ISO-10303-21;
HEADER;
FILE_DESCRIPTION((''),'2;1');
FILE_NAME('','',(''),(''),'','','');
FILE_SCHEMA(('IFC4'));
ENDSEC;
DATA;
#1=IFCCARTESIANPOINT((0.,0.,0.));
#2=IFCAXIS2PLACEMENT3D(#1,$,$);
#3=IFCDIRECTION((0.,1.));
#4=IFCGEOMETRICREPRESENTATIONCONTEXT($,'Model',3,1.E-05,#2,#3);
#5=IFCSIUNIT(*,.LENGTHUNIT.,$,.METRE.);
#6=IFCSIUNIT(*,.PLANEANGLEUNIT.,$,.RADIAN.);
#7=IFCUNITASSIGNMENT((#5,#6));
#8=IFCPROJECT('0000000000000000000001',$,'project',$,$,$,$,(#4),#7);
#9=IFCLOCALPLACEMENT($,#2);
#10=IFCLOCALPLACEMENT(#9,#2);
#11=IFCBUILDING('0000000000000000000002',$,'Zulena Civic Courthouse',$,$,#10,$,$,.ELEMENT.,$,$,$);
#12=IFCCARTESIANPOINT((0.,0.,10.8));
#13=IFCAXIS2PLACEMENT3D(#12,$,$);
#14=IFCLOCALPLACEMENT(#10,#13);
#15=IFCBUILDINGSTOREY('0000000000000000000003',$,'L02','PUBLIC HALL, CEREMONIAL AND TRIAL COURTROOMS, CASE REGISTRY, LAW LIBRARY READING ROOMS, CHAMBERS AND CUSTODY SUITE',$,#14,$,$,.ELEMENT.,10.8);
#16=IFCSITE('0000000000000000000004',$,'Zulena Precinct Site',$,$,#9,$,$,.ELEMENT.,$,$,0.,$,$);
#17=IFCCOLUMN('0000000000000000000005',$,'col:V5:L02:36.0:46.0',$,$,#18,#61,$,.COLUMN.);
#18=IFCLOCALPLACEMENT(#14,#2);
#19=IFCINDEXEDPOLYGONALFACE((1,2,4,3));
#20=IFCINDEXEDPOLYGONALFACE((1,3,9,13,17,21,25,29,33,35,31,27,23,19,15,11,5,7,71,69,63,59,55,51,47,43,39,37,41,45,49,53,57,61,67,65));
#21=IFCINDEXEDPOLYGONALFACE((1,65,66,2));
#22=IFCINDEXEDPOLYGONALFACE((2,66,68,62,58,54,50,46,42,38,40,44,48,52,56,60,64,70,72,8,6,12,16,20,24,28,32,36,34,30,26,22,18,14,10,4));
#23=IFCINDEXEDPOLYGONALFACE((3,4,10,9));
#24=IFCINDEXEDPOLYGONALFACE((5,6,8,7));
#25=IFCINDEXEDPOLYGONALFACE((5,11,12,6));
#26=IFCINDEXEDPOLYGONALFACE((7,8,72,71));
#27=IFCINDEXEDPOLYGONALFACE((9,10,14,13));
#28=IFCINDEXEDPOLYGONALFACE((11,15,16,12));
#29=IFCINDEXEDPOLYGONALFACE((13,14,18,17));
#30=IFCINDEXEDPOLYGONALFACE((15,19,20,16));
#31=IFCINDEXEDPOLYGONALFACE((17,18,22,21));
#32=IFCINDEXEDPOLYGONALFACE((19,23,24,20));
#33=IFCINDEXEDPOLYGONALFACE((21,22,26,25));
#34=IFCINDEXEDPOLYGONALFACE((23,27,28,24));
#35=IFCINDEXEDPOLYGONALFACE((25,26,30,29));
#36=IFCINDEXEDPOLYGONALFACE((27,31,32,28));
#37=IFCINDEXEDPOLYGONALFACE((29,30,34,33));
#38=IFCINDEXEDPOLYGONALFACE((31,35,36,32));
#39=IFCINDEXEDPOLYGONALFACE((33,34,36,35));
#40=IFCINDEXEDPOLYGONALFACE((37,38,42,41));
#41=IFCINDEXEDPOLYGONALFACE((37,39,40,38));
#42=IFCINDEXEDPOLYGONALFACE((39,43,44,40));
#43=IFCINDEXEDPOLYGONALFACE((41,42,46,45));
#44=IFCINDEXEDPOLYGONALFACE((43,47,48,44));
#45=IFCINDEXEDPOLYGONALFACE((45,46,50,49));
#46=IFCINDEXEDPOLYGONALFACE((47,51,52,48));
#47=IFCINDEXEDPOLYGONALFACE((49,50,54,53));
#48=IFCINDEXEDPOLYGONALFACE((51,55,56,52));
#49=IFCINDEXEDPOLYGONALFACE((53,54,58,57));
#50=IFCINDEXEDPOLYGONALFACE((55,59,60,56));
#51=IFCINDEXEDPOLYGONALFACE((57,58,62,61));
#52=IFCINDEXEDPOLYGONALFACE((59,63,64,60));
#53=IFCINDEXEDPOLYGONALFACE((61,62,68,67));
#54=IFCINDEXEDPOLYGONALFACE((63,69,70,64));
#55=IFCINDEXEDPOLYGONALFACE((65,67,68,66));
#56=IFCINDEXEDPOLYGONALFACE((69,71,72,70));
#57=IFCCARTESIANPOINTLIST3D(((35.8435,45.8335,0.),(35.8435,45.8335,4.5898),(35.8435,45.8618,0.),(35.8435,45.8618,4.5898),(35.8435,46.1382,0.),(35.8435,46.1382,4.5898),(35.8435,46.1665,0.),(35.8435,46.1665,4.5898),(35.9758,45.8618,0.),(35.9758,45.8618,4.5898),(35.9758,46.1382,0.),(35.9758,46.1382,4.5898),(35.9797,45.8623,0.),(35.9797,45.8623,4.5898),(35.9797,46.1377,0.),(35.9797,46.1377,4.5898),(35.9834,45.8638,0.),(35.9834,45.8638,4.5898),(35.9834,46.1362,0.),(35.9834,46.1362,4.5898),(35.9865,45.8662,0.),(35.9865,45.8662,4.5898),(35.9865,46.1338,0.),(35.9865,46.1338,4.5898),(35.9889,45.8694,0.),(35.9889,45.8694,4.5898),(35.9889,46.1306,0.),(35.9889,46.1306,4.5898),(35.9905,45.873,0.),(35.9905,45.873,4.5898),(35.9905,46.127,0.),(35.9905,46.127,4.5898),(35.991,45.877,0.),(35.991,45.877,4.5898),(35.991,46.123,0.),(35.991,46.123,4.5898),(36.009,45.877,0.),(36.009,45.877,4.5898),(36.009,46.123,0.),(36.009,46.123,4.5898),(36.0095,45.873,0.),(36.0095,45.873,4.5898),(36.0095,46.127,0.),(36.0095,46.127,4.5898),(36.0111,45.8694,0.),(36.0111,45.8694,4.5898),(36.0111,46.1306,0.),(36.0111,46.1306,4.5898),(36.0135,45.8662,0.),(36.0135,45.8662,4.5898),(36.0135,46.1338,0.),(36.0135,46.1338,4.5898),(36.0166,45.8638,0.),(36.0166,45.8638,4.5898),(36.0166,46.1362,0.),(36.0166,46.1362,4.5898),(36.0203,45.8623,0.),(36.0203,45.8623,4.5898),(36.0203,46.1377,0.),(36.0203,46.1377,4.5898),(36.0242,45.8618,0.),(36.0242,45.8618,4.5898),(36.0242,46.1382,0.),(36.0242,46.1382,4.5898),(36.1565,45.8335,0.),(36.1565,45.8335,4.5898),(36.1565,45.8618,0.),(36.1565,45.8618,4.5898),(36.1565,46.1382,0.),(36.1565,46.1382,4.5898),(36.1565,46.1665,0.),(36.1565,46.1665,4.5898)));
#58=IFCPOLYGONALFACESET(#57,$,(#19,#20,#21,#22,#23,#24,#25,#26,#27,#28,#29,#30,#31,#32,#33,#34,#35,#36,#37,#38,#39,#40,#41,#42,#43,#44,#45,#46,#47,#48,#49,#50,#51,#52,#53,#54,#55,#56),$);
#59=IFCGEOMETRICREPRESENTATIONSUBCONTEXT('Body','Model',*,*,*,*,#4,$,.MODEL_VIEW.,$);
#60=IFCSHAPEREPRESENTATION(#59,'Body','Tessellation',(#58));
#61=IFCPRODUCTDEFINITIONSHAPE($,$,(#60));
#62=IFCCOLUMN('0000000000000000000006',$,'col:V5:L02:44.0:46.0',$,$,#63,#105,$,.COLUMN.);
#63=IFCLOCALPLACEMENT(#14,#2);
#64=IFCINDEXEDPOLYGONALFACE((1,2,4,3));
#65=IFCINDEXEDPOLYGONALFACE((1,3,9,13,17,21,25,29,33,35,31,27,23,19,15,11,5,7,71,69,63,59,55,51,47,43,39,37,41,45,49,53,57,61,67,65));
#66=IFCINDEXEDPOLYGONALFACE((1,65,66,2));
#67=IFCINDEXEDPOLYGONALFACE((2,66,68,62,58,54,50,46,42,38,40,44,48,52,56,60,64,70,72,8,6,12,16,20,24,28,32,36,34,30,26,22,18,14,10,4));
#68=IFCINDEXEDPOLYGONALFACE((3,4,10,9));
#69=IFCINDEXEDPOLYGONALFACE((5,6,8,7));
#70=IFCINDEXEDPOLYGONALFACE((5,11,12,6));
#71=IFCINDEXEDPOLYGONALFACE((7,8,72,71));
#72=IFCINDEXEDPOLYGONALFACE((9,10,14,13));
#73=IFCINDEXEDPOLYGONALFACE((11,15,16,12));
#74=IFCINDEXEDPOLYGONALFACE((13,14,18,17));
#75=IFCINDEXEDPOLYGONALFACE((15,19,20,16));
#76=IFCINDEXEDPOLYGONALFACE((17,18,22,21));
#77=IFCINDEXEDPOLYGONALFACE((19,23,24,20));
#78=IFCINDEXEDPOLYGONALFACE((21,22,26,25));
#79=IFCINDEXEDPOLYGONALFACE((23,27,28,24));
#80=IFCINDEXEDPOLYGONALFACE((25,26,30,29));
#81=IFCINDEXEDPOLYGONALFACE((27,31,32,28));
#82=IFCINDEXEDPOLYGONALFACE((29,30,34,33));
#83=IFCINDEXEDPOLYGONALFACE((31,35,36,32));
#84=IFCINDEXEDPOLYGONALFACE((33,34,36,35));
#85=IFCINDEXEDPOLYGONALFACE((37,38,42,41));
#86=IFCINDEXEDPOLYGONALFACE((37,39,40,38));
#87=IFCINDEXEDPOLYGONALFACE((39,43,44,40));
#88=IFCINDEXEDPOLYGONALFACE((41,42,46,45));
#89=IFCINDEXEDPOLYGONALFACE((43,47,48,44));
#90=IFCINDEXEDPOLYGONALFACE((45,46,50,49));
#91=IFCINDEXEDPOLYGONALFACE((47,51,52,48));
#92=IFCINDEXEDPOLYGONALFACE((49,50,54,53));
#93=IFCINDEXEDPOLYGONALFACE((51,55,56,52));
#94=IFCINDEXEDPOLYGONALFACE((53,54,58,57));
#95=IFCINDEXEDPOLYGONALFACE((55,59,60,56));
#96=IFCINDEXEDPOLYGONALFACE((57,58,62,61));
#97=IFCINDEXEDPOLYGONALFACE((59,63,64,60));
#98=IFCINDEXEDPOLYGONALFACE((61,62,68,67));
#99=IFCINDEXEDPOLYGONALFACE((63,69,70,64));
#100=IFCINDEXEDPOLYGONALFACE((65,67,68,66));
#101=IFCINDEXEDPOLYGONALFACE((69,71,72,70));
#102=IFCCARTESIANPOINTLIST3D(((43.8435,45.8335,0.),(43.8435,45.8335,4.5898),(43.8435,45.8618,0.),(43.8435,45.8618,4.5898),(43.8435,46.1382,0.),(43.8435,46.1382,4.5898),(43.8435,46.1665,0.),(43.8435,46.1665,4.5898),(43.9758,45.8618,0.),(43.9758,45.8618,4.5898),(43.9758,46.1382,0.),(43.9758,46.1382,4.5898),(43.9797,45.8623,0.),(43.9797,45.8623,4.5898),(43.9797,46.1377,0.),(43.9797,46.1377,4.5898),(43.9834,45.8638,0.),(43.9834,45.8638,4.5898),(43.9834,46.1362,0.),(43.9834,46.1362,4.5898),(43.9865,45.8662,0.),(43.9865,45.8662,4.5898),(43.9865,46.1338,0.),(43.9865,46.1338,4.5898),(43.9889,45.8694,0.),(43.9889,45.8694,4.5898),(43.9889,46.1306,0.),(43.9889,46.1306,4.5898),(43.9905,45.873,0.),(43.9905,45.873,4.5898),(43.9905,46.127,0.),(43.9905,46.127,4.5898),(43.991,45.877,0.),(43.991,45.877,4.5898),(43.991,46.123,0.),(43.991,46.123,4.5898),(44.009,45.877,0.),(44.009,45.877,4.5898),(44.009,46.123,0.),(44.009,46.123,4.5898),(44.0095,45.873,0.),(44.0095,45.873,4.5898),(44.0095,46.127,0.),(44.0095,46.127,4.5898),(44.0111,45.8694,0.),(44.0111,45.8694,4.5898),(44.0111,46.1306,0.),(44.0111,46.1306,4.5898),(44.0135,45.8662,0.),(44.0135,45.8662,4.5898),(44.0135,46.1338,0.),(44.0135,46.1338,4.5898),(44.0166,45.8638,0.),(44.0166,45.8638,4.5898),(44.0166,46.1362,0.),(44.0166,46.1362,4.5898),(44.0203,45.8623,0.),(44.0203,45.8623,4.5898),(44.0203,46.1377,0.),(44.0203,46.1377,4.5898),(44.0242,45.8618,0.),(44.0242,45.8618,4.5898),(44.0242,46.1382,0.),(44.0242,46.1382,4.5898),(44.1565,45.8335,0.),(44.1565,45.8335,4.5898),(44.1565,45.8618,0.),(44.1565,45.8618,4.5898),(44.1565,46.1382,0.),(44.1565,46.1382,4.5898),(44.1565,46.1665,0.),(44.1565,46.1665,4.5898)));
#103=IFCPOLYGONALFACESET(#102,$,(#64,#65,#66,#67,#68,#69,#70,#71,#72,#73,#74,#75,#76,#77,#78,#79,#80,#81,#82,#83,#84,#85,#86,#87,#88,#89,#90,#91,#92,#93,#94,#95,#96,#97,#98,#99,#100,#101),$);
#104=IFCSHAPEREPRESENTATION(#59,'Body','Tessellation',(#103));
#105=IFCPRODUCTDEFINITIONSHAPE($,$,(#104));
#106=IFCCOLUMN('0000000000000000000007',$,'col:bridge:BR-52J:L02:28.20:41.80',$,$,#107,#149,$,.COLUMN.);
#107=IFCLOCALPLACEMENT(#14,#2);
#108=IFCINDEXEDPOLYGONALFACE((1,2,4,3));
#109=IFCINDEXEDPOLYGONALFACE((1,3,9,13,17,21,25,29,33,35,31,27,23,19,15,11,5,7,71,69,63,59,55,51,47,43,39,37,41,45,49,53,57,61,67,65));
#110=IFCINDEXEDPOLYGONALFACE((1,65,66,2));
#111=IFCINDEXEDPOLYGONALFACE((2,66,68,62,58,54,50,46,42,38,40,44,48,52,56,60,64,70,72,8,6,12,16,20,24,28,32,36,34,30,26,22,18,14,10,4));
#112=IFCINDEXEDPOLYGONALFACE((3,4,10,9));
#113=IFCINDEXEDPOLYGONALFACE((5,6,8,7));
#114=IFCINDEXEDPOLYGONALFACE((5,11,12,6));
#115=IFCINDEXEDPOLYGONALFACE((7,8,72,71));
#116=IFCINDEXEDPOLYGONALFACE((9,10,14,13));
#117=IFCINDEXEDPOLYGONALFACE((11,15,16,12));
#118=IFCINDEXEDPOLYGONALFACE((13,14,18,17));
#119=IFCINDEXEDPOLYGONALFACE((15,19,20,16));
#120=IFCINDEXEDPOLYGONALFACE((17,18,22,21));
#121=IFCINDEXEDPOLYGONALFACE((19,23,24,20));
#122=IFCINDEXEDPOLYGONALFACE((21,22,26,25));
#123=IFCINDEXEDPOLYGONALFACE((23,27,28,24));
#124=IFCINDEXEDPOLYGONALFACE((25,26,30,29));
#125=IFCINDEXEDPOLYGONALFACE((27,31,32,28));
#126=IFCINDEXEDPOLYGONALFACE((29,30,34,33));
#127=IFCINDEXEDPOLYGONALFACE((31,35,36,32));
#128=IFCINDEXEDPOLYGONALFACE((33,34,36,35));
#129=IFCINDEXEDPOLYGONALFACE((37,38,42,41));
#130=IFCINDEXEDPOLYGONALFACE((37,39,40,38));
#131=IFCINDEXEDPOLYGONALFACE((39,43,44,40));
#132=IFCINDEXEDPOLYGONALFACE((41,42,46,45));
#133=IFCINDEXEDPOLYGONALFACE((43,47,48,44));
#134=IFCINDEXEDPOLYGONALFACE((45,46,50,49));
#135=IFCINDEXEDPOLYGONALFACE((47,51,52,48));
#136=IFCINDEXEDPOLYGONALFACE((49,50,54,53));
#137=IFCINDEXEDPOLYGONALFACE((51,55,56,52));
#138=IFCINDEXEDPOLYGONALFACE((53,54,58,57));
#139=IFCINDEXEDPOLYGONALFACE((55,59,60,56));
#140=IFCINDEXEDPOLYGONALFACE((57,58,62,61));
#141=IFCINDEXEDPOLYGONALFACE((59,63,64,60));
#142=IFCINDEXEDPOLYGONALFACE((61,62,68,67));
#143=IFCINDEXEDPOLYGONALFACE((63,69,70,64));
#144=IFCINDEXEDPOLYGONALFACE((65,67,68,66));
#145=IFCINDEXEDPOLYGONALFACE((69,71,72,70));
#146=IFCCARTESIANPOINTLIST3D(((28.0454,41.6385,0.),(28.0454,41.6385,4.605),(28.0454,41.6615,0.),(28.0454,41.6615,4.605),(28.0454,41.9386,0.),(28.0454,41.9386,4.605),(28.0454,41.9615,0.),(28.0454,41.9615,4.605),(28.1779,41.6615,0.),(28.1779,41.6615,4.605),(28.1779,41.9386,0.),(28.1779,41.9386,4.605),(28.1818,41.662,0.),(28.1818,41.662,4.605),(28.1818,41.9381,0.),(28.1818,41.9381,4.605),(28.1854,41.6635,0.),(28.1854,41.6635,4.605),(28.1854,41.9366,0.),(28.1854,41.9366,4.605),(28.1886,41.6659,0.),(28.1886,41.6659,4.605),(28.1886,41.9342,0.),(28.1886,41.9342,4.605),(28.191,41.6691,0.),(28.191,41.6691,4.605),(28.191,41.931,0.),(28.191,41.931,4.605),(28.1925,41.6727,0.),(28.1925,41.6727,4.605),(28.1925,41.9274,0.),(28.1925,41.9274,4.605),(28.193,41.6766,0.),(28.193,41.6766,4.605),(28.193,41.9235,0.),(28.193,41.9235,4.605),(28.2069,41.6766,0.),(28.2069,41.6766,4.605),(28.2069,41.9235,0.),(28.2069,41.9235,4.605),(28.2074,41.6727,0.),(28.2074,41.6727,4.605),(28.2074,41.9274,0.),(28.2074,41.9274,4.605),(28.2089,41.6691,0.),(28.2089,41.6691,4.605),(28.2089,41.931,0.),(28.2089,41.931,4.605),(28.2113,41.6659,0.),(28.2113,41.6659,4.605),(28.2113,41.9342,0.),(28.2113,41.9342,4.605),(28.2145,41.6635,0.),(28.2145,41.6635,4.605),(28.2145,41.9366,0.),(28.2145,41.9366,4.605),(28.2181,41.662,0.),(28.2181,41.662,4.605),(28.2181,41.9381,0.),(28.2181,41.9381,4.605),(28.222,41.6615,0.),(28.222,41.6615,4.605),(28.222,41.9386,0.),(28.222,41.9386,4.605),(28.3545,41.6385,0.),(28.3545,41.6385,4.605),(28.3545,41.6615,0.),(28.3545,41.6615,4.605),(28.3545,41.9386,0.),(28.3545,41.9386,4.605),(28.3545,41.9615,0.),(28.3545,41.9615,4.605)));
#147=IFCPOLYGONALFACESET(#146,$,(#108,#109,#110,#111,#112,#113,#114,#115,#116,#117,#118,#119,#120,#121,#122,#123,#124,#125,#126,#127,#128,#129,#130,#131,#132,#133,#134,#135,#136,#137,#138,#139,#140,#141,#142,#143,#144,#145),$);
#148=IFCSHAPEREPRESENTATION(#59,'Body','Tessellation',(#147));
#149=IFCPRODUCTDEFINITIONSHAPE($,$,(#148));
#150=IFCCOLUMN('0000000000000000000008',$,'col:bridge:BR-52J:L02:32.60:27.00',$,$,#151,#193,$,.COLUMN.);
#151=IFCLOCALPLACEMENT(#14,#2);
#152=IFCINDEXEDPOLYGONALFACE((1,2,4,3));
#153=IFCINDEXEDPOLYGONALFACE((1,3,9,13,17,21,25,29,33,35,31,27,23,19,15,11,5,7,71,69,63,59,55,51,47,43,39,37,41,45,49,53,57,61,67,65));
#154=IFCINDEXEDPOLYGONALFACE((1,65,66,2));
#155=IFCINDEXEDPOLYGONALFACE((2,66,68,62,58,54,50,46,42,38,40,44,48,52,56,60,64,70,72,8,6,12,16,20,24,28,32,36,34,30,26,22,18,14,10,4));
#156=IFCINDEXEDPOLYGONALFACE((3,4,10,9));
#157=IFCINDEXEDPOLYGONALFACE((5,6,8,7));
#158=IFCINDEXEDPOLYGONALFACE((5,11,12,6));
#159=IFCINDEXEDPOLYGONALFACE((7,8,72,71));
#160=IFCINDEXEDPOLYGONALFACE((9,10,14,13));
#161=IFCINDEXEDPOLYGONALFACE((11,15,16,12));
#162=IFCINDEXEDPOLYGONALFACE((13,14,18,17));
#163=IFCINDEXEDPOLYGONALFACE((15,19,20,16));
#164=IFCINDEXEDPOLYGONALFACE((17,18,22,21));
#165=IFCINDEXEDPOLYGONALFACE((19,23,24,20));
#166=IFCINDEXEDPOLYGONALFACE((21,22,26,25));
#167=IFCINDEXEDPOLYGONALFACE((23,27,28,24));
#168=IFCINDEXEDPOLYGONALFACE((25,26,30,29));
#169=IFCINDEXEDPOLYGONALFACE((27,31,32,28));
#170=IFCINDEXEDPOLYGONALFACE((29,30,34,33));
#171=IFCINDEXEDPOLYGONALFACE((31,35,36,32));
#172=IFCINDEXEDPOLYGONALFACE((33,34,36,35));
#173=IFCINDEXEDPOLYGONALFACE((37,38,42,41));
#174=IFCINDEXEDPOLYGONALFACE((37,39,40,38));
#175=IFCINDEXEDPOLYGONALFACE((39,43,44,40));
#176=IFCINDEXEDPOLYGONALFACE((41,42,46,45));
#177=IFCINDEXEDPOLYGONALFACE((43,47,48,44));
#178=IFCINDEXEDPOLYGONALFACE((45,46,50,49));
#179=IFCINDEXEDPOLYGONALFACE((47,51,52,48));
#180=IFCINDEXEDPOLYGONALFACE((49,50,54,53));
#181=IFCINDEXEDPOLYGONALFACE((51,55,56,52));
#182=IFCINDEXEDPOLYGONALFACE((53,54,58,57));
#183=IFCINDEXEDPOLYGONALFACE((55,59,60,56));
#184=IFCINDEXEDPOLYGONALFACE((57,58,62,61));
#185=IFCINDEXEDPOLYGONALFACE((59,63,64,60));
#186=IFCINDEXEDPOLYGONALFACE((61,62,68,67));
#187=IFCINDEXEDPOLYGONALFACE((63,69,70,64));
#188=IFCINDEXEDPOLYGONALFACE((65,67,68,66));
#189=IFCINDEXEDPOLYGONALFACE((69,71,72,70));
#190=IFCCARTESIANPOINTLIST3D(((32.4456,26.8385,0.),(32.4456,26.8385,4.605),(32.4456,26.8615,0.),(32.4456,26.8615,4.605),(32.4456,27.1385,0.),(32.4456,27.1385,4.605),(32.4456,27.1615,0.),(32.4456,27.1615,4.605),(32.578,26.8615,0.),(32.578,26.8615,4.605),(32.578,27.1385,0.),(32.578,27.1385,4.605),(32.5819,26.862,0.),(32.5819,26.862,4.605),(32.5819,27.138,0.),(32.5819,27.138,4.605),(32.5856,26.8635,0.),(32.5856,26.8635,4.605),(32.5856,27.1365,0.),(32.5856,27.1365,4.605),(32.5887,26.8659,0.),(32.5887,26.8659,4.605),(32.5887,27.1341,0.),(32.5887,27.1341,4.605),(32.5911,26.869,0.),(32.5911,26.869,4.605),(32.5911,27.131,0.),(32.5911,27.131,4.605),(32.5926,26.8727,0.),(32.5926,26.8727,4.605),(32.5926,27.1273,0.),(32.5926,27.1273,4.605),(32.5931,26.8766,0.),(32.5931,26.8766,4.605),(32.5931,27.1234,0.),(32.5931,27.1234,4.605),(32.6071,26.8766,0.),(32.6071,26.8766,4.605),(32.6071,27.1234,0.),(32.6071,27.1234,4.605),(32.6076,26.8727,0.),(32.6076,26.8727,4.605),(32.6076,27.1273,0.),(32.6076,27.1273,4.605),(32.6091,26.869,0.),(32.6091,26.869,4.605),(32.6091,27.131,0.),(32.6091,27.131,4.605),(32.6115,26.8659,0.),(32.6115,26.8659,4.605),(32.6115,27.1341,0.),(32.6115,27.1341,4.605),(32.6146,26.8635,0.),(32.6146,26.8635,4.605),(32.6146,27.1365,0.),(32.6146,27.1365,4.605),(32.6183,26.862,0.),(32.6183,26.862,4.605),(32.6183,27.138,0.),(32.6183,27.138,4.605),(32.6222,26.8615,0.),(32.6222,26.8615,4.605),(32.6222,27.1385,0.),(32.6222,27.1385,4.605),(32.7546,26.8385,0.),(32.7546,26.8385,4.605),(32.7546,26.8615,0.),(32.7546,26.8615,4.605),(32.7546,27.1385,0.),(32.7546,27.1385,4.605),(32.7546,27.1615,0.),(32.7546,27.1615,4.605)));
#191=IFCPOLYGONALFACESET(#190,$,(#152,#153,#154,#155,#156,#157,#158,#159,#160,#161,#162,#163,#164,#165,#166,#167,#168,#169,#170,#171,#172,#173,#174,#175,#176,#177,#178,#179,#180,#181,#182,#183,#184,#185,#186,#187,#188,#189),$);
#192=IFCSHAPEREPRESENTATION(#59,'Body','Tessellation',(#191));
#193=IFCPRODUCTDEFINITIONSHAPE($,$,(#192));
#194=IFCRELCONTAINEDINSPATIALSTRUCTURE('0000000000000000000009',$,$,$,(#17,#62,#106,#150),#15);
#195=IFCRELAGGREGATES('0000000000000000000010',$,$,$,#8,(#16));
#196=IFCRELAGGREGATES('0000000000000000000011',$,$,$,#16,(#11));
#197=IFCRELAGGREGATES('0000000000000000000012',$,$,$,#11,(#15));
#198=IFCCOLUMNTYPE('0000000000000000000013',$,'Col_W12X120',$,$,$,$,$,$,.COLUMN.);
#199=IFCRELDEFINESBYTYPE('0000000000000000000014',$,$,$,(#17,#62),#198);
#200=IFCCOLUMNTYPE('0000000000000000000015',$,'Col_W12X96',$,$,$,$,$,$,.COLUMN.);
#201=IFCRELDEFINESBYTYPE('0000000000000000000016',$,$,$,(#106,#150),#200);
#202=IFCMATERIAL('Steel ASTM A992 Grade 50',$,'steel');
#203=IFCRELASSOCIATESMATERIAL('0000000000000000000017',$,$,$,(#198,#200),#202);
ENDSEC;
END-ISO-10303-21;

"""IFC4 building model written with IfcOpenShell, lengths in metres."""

from ifc_helpers import new_model, si_unit, direction, frame, origin, origin_2d, place, context, subcontext, project, spatial, i_section, extrude, material, material_profile, profile_set, type_object, element, save


model = new_model("IFC4")

# Units and contexts
model_context = context("Model", 3, precision=1e-05, world=origin(), true_north=direction((0.0, 1.0)))
body_context = subcontext(model_context, "Body", "Model", "MODEL_VIEW")
ifc_project = project(units=[si_unit("LENGTHUNIT", "METRE"), si_unit("PLANEANGLEUNIT", "RADIAN")], contexts=[model_context])

# Site, building, storey
site_placement = place(None, origin())
site = spatial("IfcSite", under=ifc_project, at=site_placement, Name="Zulena Precinct Site", CompositionType="ELEMENT", RefElevation=0.0)
building_placement = place(site_placement, origin())
building = spatial("IfcBuilding", under=site, at=building_placement, Name="Zulena Civic Courthouse", CompositionType="ELEMENT")
storey_placement = place(building_placement, frame((0.0, 0.0, 10.8)))
storey = spatial("IfcBuildingStorey", under=building, at=storey_placement, Name="L02", Description="PUBLIC HALL, CEREMONIAL AND TRIAL COURTROOMS, CASE REGISTRY, LAW LIBRARY READING ROOMS, CHAMBERS AND CUSTODY SUITE", CompositionType="ELEMENT", Elevation=10.8)

# Columns
ifc_material_1 = material(Name="Steel ASTM A992 Grade 50", Category="steel")
ifc_material_profile_1 = material_profile(ifc_material_1, i_section(OverallWidth=0.313, OverallDepth=0.333, WebThickness=0.0181, FlangeThickness=0.0283, FilletRadius=0.0151, at=origin_2d()), Name="W12X120")
ifc_profile_set_1 = profile_set([ifc_material_profile_1], Name="Steel ASTM A992 Grade 50")
column_type_1 = type_object("IfcColumnType", Name="Col_W12X120", PredefinedType="COLUMN", material=ifc_profile_set_1)
for number, where, z_axis, x_axis, name in (
    (1, (36.0, 46.0, 0.0), (0.0, 0.0, 1.0), (1.0, 0.0, 0.0), "col:V5:L02:36.0:46.0"),
    (2, (44.0, 46.0, 0.0), (0.0, 0.0, 1.0), (1.0, 0.0, 0.0), "col:V5:L02:44.0:46.0"),
):
    element("IfcColumn", number, at=place(storey_placement, frame(where, z_axis=z_axis, x_axis=x_axis)), inside=storey, type_object=column_type_1, Name=name, PredefinedType="COLUMN", context=body_context, shape_type="SweptSolid", body=[
        extrude(i_section(OverallWidth=0.313, OverallDepth=0.333, WebThickness=0.0181, FlangeThickness=0.0283, FilletRadius=0.0151, at=origin_2d()), origin(), (0.0, 0.0, 1.0), 4.5898),
    ])
ifc_material_profile_2 = material_profile(ifc_material_1, i_section(OverallWidth=0.3091, OverallDepth=0.323, WebThickness=0.0139, FlangeThickness=0.0229, FilletRadius=0.0151, at=origin_2d()), Name="W12X96")
ifc_profile_set_2 = profile_set([ifc_material_profile_2], Name="Steel ASTM A992 Grade 50")
column_type_2 = type_object("IfcColumnType", Name="Col_W12X96", PredefinedType="COLUMN", material=ifc_profile_set_2)
for number, where, z_axis, x_axis, name in (
    (3, (28.2, 41.8, 0.0), (0.0, 0.0, 1.0), (1.0, 0.0, 0.0), "col:bridge:BR-52J:L02:28.20:41.80"),
    (4, (32.6001, 27.0, 0.0), (0.0, 0.0, 1.0), (1.0, 0.0, 0.0), "col:bridge:BR-52J:L02:32.60:27.00"),
):
    element("IfcColumn", number, at=place(storey_placement, frame(where, z_axis=z_axis, x_axis=x_axis)), inside=storey, type_object=column_type_2, Name=name, PredefinedType="COLUMN", context=body_context, shape_type="SweptSolid", body=[
        extrude(i_section(OverallWidth=0.3091, OverallDepth=0.323, WebThickness=0.0139, FlangeThickness=0.0229, FilletRadius=0.0151, at=origin_2d()), origin(), (0.0, 0.0, 1.0), 4.605),
    ])

save(model, "model.ifc")
